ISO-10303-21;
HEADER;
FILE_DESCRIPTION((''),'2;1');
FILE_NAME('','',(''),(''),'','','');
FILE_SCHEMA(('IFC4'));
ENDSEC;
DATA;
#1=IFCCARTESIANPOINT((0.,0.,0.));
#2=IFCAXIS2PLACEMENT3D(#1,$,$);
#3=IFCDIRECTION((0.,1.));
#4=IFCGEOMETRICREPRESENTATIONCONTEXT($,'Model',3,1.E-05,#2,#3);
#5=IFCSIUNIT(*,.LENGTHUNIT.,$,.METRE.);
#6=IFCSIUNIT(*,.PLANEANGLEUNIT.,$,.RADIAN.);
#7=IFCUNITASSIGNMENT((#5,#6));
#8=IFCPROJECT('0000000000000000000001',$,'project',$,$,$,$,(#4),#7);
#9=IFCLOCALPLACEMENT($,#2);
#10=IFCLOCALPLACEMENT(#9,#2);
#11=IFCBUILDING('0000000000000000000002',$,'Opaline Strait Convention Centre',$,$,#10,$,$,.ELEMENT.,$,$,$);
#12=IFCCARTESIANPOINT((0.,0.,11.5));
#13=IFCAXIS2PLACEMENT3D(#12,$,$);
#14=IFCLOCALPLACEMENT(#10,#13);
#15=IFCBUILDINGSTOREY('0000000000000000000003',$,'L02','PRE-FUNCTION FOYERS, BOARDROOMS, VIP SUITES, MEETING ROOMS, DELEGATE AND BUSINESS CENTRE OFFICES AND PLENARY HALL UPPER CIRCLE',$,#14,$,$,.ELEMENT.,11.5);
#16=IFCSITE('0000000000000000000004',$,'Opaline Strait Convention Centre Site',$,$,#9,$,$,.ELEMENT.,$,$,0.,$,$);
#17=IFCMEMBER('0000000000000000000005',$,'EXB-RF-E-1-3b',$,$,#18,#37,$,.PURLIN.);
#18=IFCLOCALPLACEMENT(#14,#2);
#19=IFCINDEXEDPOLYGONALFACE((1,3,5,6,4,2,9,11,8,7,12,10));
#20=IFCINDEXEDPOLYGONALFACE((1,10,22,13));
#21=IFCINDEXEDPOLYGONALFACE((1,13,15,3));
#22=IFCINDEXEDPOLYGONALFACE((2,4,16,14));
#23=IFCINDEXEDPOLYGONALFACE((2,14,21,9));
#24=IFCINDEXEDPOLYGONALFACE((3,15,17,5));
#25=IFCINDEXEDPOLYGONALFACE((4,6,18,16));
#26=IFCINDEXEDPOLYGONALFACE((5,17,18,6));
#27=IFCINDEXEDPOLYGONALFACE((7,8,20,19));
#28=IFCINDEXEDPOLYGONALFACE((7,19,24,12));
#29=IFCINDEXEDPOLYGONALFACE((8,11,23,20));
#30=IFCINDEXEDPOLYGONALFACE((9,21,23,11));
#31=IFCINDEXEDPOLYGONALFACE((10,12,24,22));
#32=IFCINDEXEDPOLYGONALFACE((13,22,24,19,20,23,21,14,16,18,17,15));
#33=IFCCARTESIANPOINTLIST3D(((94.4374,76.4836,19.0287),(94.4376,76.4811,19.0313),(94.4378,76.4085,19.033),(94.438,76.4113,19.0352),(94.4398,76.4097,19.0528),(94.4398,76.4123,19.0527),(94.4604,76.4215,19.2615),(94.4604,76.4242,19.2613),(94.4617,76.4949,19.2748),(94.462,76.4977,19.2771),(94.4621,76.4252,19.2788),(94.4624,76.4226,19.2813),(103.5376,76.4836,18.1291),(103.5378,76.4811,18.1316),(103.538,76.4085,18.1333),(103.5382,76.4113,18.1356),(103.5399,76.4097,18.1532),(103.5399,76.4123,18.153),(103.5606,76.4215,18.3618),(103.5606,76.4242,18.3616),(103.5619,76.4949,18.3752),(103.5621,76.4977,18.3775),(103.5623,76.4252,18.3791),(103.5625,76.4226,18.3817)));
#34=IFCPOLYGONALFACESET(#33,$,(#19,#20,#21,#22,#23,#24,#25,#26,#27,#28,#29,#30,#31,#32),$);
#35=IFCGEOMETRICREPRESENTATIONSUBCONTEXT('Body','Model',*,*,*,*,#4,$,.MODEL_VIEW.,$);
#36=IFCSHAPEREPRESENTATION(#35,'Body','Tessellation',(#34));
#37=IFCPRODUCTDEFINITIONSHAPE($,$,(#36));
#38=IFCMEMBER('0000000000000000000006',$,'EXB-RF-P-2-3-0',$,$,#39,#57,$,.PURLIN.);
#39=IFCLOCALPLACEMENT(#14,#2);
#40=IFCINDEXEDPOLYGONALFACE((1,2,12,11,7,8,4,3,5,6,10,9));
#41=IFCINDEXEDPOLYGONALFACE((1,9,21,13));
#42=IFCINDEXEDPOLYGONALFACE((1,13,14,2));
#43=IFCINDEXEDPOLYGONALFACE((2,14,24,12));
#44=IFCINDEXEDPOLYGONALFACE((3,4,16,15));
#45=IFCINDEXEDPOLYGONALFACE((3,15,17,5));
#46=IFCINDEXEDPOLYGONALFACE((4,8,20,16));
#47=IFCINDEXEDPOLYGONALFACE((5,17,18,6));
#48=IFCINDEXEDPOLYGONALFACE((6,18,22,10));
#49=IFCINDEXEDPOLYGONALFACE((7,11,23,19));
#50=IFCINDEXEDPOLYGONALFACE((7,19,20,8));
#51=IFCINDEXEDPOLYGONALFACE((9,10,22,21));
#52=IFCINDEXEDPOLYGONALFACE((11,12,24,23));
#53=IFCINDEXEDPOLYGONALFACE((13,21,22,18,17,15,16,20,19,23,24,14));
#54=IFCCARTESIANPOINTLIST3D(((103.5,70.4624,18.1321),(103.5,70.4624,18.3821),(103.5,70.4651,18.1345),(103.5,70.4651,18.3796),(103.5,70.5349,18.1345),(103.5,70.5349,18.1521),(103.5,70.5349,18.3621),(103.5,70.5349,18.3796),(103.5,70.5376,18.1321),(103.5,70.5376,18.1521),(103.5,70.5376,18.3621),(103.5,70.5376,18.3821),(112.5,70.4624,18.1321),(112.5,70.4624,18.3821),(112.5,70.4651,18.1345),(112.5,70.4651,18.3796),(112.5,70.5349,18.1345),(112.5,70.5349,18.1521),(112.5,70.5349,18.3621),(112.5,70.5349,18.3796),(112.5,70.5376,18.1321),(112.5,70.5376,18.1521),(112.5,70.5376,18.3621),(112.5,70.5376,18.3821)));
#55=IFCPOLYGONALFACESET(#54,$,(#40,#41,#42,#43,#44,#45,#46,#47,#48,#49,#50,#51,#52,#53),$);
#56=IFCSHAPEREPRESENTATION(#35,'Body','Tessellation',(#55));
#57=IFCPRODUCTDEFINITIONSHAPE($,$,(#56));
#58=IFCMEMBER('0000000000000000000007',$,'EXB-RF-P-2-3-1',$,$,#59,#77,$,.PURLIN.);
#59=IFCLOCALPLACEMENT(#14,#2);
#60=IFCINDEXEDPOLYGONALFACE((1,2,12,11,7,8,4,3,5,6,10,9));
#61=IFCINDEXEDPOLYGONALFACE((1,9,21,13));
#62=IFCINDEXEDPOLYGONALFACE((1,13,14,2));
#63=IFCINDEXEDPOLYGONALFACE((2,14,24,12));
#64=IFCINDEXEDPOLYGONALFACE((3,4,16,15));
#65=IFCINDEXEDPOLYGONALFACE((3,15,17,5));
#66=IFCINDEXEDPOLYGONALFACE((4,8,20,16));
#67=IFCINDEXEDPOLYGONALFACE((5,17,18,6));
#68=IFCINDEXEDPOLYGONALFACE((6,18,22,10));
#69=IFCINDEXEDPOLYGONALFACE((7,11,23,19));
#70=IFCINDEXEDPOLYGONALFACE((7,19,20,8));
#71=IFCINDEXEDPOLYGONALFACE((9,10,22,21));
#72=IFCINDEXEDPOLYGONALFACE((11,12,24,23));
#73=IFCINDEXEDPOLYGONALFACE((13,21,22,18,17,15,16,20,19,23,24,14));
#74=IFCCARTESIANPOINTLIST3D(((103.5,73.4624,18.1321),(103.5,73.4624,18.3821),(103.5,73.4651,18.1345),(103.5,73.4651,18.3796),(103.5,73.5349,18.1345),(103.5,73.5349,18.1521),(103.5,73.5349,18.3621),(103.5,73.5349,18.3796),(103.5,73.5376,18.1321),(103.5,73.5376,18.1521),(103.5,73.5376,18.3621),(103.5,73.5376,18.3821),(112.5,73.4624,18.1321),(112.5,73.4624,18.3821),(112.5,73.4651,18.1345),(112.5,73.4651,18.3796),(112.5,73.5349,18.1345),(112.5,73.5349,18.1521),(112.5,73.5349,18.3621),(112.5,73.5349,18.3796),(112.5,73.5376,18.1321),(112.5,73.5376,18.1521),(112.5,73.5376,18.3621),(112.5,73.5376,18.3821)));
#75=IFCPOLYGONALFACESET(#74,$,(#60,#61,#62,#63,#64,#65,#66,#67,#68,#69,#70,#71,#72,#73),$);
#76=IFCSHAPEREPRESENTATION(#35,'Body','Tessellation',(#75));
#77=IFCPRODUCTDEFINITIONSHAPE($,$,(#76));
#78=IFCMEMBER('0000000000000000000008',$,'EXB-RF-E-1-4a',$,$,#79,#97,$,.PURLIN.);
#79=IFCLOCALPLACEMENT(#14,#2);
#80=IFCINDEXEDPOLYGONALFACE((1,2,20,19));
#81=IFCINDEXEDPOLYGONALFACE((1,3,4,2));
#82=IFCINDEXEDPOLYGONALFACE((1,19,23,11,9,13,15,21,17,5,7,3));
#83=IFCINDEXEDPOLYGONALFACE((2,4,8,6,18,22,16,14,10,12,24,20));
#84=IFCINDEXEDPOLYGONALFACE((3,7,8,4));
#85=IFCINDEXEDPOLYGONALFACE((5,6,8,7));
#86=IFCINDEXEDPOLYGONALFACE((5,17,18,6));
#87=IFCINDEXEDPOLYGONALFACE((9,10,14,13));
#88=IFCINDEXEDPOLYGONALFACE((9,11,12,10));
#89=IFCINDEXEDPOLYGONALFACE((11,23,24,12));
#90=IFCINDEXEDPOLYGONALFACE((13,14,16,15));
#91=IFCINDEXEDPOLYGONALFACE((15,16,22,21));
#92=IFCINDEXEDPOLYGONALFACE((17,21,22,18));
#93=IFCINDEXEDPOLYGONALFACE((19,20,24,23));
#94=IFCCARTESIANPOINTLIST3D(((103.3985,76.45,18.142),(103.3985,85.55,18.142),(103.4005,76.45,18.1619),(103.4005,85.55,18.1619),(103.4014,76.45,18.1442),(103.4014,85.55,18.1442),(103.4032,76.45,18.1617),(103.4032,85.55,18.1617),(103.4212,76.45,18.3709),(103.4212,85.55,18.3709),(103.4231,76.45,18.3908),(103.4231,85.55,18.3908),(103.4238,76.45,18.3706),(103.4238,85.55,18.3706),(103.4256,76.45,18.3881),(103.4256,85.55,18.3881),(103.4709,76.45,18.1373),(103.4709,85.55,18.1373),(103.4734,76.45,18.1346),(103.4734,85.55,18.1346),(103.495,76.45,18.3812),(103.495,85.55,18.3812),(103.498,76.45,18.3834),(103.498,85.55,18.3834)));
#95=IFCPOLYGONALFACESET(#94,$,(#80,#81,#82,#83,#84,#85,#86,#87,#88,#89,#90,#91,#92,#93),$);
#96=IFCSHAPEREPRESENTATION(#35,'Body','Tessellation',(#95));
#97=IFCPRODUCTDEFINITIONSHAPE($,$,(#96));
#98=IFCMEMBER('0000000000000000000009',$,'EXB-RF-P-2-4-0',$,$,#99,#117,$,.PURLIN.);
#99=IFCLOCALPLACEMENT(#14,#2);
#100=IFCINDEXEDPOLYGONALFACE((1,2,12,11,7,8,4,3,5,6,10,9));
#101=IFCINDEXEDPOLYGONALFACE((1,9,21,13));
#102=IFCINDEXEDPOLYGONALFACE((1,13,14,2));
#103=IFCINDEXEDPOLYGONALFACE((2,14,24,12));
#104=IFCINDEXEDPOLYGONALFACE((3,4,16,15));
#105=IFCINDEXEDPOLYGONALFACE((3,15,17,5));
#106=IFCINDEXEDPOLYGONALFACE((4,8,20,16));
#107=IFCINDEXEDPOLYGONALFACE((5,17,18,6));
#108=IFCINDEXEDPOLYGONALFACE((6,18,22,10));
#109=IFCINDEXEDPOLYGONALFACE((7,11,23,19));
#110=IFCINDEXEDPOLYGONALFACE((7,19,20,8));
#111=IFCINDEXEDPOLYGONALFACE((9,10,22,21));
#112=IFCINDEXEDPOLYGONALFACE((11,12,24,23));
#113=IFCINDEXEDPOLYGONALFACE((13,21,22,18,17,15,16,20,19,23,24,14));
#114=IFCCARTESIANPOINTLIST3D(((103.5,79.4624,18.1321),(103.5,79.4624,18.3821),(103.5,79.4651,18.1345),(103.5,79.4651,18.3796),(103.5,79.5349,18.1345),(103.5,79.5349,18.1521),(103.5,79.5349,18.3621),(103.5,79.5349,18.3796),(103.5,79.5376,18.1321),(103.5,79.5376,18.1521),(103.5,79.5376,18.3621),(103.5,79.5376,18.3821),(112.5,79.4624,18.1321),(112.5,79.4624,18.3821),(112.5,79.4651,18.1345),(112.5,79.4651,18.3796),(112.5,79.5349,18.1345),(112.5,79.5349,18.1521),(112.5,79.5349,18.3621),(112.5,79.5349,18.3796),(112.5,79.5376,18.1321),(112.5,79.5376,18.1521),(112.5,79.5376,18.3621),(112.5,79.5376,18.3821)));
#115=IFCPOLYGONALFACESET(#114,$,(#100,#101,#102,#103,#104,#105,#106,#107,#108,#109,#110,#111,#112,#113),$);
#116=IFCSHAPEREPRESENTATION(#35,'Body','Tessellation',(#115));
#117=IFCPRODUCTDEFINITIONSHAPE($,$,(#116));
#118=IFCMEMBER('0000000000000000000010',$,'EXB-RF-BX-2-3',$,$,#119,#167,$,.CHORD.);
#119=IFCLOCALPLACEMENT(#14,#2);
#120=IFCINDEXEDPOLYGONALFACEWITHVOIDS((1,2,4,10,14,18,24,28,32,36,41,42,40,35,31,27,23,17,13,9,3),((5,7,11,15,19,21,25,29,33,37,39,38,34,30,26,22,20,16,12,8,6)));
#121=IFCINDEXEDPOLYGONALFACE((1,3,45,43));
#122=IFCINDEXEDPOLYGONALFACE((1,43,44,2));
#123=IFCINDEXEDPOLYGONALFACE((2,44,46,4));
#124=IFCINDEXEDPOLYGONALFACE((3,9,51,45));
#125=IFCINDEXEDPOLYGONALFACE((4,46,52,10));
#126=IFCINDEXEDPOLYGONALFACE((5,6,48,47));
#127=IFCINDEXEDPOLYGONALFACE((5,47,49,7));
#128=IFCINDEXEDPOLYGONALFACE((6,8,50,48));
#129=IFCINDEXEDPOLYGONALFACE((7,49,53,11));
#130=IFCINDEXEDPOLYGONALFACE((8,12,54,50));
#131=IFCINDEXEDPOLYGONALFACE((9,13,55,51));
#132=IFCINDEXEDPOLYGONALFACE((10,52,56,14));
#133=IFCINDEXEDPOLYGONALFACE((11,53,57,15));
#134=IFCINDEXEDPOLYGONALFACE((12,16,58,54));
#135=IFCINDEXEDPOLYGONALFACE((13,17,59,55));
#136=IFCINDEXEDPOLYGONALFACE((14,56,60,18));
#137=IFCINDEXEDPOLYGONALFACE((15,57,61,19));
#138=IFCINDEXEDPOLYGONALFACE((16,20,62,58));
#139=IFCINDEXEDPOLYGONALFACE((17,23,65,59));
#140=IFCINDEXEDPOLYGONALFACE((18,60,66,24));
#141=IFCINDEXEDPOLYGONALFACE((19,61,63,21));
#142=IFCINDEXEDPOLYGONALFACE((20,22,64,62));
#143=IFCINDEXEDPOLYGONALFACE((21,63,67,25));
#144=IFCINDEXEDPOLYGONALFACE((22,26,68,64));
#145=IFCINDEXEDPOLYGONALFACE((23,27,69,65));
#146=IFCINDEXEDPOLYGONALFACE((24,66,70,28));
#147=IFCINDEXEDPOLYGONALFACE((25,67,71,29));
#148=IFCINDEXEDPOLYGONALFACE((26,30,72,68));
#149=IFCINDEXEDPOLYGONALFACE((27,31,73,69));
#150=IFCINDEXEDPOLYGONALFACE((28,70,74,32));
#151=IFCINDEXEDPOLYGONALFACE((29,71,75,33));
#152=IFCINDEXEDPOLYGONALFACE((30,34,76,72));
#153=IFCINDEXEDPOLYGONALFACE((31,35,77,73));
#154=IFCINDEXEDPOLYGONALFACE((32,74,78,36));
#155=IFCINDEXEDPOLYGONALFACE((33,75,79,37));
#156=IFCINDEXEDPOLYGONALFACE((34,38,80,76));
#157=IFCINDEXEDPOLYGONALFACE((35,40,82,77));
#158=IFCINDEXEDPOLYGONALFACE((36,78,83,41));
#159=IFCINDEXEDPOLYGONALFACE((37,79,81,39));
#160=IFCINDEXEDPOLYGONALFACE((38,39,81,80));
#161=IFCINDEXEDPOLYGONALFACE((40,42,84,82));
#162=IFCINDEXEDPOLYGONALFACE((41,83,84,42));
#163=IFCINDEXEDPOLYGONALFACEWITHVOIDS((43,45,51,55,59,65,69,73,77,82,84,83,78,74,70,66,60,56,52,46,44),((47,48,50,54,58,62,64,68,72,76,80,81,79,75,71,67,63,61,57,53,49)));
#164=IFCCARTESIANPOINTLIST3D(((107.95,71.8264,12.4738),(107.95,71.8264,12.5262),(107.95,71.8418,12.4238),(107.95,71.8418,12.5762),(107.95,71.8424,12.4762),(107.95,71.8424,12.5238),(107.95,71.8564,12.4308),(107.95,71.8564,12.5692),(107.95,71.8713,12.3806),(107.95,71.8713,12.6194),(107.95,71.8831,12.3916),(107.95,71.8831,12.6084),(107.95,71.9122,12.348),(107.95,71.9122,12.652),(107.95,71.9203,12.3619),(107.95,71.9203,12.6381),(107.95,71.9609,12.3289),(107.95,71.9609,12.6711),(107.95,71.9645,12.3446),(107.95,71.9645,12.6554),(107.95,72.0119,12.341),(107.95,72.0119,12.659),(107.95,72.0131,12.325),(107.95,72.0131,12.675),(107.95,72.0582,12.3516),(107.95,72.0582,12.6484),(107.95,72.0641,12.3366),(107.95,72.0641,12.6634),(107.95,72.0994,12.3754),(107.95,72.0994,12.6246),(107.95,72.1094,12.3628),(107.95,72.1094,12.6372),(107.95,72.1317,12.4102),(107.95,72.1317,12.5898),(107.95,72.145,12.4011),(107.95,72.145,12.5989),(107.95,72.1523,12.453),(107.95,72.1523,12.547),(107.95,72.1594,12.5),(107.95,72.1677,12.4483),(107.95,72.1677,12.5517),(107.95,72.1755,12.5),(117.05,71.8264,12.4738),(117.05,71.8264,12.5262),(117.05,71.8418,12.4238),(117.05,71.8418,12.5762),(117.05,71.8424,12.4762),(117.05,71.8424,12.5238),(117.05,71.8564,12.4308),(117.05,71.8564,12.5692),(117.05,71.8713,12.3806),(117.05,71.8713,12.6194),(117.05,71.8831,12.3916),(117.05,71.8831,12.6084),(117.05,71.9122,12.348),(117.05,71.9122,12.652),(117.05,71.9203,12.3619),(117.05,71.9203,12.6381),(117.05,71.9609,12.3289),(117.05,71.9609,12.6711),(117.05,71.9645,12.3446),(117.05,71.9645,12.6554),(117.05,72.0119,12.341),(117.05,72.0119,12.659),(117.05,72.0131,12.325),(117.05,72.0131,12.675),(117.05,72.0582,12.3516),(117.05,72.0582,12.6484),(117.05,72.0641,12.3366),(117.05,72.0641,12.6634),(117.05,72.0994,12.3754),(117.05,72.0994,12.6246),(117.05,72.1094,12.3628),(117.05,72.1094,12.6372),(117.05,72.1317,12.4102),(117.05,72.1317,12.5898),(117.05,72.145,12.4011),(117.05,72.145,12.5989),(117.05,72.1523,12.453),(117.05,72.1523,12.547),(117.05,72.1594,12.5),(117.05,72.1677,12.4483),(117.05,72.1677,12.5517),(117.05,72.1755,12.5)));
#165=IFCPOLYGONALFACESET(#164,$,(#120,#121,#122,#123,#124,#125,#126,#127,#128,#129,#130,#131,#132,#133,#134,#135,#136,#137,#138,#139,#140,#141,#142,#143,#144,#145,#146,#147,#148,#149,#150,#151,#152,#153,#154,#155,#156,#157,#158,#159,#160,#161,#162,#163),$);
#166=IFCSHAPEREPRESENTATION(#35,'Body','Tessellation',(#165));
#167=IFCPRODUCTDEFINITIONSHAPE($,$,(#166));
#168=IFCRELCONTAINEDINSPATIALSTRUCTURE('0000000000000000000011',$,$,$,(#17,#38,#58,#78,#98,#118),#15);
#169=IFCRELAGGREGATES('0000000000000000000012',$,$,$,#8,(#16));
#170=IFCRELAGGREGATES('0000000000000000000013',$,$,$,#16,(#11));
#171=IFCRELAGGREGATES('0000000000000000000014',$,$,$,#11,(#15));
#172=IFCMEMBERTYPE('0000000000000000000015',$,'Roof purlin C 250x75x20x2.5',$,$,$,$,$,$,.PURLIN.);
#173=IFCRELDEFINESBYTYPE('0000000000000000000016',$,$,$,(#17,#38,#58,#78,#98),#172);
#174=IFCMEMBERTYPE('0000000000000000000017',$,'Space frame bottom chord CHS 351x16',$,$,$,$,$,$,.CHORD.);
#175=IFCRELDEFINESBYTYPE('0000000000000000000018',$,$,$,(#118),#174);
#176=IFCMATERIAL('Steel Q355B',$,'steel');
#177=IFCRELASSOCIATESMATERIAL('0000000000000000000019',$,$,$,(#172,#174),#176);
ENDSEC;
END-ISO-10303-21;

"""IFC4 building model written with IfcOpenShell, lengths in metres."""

from ifc_helpers import new_model, si_unit, direction, frame, origin, origin_2d, place, context, subcontext, project, spatial, polyline, hollow_circle, outline, extrude, material, material_profile, profile_set, type_object, element, save


model = new_model("IFC4")

# Units and contexts
model_context = context("Model", 3, precision=1e-05, world=origin(), true_north=direction((0.0, 1.0)))
body_context = subcontext(model_context, "Body", "Model", "MODEL_VIEW")
ifc_project = project(units=[si_unit("LENGTHUNIT", "METRE"), si_unit("PLANEANGLEUNIT", "RADIAN")], contexts=[model_context])

# Site, building, storey
site_placement = place(None, origin())
site = spatial("IfcSite", under=ifc_project, at=site_placement, Name="Opaline Strait Convention Centre Site", CompositionType="ELEMENT", RefElevation=0.0)
building_placement = place(site_placement, origin())
building = spatial("IfcBuilding", under=site, at=building_placement, Name="Opaline Strait Convention Centre", CompositionType="ELEMENT")
storey_placement = place(building_placement, frame((0.0, 0.0, 11.5)))
storey = spatial("IfcBuildingStorey", under=building, at=storey_placement, Name="L02", Description="PRE-FUNCTION FOYERS, BOARDROOMS, VIP SUITES, MEETING ROOMS, DELEGATE AND BUSINESS CENTRE OFFICES AND PLENARY HALL UPPER CIRCLE", CompositionType="ELEMENT", Elevation=11.5)

# Members
ifc_material_1 = material(Name="Steel Q355B", Category="steel")
ifc_material_profile_1 = material_profile(ifc_material_1, outline(polyline([(-0.0376, -0.125), (0.0376, -0.125), (0.0376, -0.105), (0.0349, -0.105), (0.0349, -0.1226), (-0.0349, -0.1226), (-0.0349, 0.1226), (0.0349, 0.1226), (0.0349, 0.105), (0.0376, 0.105), (0.0376, 0.125), (-0.0376, 0.125), (-0.0376, -0.125)])), Name="C 250x75x20x2.5")
ifc_profile_set_1 = profile_set([ifc_material_profile_1], Name="Steel Q355B")
member_type_1 = type_object("IfcMemberType", Name="Roof purlin C 250x75x20x2.5", PredefinedType="PURLIN", material=ifc_profile_set_1)
member_1_placement = place(storey_placement, frame((103.55, 76.4531, 18.2554), z_axis=(-0.995149, 0.0, 0.098383), x_axis=(0.005558, -0.998403, 0.05622)))
element("IfcMember", 1, at=member_1_placement, inside=storey, type_object=member_type_1, Name="EXB-RF-E-1-3b", PredefinedType="PURLIN", context=body_context, shape_type="SweptSolid", body=[
    extrude(outline(polyline([(-0.0376, -0.125), (0.0376, -0.125), (0.0376, -0.105), (0.0349, -0.105), (0.0349, -0.1226), (-0.0349, -0.1226), (-0.0349, 0.1226), (0.0349, 0.1226), (0.0349, 0.105), (0.0376, 0.105), (0.0376, 0.125), (-0.0376, 0.125), (-0.0376, -0.125)])), origin(), (0.0, 0.0, 1.0), 9.1445),
])
for number, where, z_axis, x_axis, name in (
    (2, (103.5, 70.5, 18.2571), (1.0, 0.0, 0.0), (0.0, 1.0, 0.0), "EXB-RF-P-2-3-0"),
    (3, (103.5, 73.5, 18.2571), (1.0, 0.0, 0.0), (0.0, 1.0, 0.0), "EXB-RF-P-2-3-1"),
):
    element("IfcMember", number, at=place(storey_placement, frame(where, z_axis=z_axis, x_axis=x_axis)), inside=storey, type_object=member_type_1, Name=name, PredefinedType="PURLIN", context=body_context, shape_type="SweptSolid", body=[
        extrude(outline(polyline([(-0.0376, -0.125), (0.0376, -0.125), (0.0376, -0.105), (0.0349, -0.105), (0.0349, -0.1226), (-0.0349, -0.1226), (-0.0349, 0.1226), (0.0349, 0.1226), (0.0349, 0.105), (0.0376, 0.105), (0.0376, 0.125), (-0.0376, 0.125), (-0.0376, -0.125)])), origin(), (0.0, 0.0, 1.0), 9.0),
    ])
member_2_placement = place(storey_placement, frame((103.4482, 76.45, 18.2627), z_axis=(0.0, 1.0, 0.0), x_axis=(-0.995149, 0.0, 0.098378)))
element("IfcMember", 4, at=member_2_placement, inside=storey, type_object=member_type_1, Name="EXB-RF-E-1-4a", PredefinedType="PURLIN", context=body_context, shape_type="SweptSolid", body=[
    extrude(outline(polyline([(-0.0376, -0.125), (0.0376, -0.125), (0.0376, -0.105), (0.0349, -0.105), (0.0349, -0.1226), (-0.0349, -0.1226), (-0.0349, 0.1226), (0.0349, 0.1226), (0.0349, 0.105), (0.0376, 0.105), (0.0376, 0.125), (-0.0376, 0.125), (-0.0376, -0.125)])), origin(), (0.0, 0.0, 1.0), 9.1001),
])
member_3_placement = place(storey_placement, frame((103.5, 79.5, 18.2571), z_axis=(1.0, 0.0, 0.0), x_axis=(0.0, 1.0, 0.0)))
element("IfcMember", 5, at=member_3_placement, inside=storey, type_object=member_type_1, Name="EXB-RF-P-2-4-0", PredefinedType="PURLIN", context=body_context, shape_type="SweptSolid", body=[
    extrude(outline(polyline([(-0.0376, -0.125), (0.0376, -0.125), (0.0376, -0.105), (0.0349, -0.105), (0.0349, -0.1226), (-0.0349, -0.1226), (-0.0349, 0.1226), (0.0349, 0.1226), (0.0349, 0.105), (0.0376, 0.105), (0.0376, 0.125), (-0.0376, 0.125), (-0.0376, -0.125)])), origin(), (0.0, 0.0, 1.0), 9.0),
])
ifc_material_profile_2 = material_profile(ifc_material_1, hollow_circle(Radius=0.1755, WallThickness=0.0161, at=origin_2d()), Name="CHS 351x16")
ifc_profile_set_2 = profile_set([ifc_material_profile_2], Name="Steel Q355B")
member_type_2 = type_object("IfcMemberType", Name="Space frame bottom chord CHS 351x16", PredefinedType="CHORD", material=ifc_profile_set_2)
for number, where, z_axis, x_axis, name in (
    (6, (107.95, 72.0, 12.5), (1.0, 0.0, 0.0), (0.0, 1.0, 0.0), "EXB-RF-BX-2-3"),
):
    element("IfcMember", number, at=place(storey_placement, frame(where, z_axis=z_axis, x_axis=x_axis)), inside=storey, type_object=member_type_2, Name=name, PredefinedType="CHORD", context=body_context, shape_type="SweptSolid", body=[
        extrude(hollow_circle(Radius=0.1755, WallThickness=0.0161, at=origin_2d()), origin(), (0.0, 0.0, 1.0), 9.1001),
    ])

save(model, "model.ifc")
